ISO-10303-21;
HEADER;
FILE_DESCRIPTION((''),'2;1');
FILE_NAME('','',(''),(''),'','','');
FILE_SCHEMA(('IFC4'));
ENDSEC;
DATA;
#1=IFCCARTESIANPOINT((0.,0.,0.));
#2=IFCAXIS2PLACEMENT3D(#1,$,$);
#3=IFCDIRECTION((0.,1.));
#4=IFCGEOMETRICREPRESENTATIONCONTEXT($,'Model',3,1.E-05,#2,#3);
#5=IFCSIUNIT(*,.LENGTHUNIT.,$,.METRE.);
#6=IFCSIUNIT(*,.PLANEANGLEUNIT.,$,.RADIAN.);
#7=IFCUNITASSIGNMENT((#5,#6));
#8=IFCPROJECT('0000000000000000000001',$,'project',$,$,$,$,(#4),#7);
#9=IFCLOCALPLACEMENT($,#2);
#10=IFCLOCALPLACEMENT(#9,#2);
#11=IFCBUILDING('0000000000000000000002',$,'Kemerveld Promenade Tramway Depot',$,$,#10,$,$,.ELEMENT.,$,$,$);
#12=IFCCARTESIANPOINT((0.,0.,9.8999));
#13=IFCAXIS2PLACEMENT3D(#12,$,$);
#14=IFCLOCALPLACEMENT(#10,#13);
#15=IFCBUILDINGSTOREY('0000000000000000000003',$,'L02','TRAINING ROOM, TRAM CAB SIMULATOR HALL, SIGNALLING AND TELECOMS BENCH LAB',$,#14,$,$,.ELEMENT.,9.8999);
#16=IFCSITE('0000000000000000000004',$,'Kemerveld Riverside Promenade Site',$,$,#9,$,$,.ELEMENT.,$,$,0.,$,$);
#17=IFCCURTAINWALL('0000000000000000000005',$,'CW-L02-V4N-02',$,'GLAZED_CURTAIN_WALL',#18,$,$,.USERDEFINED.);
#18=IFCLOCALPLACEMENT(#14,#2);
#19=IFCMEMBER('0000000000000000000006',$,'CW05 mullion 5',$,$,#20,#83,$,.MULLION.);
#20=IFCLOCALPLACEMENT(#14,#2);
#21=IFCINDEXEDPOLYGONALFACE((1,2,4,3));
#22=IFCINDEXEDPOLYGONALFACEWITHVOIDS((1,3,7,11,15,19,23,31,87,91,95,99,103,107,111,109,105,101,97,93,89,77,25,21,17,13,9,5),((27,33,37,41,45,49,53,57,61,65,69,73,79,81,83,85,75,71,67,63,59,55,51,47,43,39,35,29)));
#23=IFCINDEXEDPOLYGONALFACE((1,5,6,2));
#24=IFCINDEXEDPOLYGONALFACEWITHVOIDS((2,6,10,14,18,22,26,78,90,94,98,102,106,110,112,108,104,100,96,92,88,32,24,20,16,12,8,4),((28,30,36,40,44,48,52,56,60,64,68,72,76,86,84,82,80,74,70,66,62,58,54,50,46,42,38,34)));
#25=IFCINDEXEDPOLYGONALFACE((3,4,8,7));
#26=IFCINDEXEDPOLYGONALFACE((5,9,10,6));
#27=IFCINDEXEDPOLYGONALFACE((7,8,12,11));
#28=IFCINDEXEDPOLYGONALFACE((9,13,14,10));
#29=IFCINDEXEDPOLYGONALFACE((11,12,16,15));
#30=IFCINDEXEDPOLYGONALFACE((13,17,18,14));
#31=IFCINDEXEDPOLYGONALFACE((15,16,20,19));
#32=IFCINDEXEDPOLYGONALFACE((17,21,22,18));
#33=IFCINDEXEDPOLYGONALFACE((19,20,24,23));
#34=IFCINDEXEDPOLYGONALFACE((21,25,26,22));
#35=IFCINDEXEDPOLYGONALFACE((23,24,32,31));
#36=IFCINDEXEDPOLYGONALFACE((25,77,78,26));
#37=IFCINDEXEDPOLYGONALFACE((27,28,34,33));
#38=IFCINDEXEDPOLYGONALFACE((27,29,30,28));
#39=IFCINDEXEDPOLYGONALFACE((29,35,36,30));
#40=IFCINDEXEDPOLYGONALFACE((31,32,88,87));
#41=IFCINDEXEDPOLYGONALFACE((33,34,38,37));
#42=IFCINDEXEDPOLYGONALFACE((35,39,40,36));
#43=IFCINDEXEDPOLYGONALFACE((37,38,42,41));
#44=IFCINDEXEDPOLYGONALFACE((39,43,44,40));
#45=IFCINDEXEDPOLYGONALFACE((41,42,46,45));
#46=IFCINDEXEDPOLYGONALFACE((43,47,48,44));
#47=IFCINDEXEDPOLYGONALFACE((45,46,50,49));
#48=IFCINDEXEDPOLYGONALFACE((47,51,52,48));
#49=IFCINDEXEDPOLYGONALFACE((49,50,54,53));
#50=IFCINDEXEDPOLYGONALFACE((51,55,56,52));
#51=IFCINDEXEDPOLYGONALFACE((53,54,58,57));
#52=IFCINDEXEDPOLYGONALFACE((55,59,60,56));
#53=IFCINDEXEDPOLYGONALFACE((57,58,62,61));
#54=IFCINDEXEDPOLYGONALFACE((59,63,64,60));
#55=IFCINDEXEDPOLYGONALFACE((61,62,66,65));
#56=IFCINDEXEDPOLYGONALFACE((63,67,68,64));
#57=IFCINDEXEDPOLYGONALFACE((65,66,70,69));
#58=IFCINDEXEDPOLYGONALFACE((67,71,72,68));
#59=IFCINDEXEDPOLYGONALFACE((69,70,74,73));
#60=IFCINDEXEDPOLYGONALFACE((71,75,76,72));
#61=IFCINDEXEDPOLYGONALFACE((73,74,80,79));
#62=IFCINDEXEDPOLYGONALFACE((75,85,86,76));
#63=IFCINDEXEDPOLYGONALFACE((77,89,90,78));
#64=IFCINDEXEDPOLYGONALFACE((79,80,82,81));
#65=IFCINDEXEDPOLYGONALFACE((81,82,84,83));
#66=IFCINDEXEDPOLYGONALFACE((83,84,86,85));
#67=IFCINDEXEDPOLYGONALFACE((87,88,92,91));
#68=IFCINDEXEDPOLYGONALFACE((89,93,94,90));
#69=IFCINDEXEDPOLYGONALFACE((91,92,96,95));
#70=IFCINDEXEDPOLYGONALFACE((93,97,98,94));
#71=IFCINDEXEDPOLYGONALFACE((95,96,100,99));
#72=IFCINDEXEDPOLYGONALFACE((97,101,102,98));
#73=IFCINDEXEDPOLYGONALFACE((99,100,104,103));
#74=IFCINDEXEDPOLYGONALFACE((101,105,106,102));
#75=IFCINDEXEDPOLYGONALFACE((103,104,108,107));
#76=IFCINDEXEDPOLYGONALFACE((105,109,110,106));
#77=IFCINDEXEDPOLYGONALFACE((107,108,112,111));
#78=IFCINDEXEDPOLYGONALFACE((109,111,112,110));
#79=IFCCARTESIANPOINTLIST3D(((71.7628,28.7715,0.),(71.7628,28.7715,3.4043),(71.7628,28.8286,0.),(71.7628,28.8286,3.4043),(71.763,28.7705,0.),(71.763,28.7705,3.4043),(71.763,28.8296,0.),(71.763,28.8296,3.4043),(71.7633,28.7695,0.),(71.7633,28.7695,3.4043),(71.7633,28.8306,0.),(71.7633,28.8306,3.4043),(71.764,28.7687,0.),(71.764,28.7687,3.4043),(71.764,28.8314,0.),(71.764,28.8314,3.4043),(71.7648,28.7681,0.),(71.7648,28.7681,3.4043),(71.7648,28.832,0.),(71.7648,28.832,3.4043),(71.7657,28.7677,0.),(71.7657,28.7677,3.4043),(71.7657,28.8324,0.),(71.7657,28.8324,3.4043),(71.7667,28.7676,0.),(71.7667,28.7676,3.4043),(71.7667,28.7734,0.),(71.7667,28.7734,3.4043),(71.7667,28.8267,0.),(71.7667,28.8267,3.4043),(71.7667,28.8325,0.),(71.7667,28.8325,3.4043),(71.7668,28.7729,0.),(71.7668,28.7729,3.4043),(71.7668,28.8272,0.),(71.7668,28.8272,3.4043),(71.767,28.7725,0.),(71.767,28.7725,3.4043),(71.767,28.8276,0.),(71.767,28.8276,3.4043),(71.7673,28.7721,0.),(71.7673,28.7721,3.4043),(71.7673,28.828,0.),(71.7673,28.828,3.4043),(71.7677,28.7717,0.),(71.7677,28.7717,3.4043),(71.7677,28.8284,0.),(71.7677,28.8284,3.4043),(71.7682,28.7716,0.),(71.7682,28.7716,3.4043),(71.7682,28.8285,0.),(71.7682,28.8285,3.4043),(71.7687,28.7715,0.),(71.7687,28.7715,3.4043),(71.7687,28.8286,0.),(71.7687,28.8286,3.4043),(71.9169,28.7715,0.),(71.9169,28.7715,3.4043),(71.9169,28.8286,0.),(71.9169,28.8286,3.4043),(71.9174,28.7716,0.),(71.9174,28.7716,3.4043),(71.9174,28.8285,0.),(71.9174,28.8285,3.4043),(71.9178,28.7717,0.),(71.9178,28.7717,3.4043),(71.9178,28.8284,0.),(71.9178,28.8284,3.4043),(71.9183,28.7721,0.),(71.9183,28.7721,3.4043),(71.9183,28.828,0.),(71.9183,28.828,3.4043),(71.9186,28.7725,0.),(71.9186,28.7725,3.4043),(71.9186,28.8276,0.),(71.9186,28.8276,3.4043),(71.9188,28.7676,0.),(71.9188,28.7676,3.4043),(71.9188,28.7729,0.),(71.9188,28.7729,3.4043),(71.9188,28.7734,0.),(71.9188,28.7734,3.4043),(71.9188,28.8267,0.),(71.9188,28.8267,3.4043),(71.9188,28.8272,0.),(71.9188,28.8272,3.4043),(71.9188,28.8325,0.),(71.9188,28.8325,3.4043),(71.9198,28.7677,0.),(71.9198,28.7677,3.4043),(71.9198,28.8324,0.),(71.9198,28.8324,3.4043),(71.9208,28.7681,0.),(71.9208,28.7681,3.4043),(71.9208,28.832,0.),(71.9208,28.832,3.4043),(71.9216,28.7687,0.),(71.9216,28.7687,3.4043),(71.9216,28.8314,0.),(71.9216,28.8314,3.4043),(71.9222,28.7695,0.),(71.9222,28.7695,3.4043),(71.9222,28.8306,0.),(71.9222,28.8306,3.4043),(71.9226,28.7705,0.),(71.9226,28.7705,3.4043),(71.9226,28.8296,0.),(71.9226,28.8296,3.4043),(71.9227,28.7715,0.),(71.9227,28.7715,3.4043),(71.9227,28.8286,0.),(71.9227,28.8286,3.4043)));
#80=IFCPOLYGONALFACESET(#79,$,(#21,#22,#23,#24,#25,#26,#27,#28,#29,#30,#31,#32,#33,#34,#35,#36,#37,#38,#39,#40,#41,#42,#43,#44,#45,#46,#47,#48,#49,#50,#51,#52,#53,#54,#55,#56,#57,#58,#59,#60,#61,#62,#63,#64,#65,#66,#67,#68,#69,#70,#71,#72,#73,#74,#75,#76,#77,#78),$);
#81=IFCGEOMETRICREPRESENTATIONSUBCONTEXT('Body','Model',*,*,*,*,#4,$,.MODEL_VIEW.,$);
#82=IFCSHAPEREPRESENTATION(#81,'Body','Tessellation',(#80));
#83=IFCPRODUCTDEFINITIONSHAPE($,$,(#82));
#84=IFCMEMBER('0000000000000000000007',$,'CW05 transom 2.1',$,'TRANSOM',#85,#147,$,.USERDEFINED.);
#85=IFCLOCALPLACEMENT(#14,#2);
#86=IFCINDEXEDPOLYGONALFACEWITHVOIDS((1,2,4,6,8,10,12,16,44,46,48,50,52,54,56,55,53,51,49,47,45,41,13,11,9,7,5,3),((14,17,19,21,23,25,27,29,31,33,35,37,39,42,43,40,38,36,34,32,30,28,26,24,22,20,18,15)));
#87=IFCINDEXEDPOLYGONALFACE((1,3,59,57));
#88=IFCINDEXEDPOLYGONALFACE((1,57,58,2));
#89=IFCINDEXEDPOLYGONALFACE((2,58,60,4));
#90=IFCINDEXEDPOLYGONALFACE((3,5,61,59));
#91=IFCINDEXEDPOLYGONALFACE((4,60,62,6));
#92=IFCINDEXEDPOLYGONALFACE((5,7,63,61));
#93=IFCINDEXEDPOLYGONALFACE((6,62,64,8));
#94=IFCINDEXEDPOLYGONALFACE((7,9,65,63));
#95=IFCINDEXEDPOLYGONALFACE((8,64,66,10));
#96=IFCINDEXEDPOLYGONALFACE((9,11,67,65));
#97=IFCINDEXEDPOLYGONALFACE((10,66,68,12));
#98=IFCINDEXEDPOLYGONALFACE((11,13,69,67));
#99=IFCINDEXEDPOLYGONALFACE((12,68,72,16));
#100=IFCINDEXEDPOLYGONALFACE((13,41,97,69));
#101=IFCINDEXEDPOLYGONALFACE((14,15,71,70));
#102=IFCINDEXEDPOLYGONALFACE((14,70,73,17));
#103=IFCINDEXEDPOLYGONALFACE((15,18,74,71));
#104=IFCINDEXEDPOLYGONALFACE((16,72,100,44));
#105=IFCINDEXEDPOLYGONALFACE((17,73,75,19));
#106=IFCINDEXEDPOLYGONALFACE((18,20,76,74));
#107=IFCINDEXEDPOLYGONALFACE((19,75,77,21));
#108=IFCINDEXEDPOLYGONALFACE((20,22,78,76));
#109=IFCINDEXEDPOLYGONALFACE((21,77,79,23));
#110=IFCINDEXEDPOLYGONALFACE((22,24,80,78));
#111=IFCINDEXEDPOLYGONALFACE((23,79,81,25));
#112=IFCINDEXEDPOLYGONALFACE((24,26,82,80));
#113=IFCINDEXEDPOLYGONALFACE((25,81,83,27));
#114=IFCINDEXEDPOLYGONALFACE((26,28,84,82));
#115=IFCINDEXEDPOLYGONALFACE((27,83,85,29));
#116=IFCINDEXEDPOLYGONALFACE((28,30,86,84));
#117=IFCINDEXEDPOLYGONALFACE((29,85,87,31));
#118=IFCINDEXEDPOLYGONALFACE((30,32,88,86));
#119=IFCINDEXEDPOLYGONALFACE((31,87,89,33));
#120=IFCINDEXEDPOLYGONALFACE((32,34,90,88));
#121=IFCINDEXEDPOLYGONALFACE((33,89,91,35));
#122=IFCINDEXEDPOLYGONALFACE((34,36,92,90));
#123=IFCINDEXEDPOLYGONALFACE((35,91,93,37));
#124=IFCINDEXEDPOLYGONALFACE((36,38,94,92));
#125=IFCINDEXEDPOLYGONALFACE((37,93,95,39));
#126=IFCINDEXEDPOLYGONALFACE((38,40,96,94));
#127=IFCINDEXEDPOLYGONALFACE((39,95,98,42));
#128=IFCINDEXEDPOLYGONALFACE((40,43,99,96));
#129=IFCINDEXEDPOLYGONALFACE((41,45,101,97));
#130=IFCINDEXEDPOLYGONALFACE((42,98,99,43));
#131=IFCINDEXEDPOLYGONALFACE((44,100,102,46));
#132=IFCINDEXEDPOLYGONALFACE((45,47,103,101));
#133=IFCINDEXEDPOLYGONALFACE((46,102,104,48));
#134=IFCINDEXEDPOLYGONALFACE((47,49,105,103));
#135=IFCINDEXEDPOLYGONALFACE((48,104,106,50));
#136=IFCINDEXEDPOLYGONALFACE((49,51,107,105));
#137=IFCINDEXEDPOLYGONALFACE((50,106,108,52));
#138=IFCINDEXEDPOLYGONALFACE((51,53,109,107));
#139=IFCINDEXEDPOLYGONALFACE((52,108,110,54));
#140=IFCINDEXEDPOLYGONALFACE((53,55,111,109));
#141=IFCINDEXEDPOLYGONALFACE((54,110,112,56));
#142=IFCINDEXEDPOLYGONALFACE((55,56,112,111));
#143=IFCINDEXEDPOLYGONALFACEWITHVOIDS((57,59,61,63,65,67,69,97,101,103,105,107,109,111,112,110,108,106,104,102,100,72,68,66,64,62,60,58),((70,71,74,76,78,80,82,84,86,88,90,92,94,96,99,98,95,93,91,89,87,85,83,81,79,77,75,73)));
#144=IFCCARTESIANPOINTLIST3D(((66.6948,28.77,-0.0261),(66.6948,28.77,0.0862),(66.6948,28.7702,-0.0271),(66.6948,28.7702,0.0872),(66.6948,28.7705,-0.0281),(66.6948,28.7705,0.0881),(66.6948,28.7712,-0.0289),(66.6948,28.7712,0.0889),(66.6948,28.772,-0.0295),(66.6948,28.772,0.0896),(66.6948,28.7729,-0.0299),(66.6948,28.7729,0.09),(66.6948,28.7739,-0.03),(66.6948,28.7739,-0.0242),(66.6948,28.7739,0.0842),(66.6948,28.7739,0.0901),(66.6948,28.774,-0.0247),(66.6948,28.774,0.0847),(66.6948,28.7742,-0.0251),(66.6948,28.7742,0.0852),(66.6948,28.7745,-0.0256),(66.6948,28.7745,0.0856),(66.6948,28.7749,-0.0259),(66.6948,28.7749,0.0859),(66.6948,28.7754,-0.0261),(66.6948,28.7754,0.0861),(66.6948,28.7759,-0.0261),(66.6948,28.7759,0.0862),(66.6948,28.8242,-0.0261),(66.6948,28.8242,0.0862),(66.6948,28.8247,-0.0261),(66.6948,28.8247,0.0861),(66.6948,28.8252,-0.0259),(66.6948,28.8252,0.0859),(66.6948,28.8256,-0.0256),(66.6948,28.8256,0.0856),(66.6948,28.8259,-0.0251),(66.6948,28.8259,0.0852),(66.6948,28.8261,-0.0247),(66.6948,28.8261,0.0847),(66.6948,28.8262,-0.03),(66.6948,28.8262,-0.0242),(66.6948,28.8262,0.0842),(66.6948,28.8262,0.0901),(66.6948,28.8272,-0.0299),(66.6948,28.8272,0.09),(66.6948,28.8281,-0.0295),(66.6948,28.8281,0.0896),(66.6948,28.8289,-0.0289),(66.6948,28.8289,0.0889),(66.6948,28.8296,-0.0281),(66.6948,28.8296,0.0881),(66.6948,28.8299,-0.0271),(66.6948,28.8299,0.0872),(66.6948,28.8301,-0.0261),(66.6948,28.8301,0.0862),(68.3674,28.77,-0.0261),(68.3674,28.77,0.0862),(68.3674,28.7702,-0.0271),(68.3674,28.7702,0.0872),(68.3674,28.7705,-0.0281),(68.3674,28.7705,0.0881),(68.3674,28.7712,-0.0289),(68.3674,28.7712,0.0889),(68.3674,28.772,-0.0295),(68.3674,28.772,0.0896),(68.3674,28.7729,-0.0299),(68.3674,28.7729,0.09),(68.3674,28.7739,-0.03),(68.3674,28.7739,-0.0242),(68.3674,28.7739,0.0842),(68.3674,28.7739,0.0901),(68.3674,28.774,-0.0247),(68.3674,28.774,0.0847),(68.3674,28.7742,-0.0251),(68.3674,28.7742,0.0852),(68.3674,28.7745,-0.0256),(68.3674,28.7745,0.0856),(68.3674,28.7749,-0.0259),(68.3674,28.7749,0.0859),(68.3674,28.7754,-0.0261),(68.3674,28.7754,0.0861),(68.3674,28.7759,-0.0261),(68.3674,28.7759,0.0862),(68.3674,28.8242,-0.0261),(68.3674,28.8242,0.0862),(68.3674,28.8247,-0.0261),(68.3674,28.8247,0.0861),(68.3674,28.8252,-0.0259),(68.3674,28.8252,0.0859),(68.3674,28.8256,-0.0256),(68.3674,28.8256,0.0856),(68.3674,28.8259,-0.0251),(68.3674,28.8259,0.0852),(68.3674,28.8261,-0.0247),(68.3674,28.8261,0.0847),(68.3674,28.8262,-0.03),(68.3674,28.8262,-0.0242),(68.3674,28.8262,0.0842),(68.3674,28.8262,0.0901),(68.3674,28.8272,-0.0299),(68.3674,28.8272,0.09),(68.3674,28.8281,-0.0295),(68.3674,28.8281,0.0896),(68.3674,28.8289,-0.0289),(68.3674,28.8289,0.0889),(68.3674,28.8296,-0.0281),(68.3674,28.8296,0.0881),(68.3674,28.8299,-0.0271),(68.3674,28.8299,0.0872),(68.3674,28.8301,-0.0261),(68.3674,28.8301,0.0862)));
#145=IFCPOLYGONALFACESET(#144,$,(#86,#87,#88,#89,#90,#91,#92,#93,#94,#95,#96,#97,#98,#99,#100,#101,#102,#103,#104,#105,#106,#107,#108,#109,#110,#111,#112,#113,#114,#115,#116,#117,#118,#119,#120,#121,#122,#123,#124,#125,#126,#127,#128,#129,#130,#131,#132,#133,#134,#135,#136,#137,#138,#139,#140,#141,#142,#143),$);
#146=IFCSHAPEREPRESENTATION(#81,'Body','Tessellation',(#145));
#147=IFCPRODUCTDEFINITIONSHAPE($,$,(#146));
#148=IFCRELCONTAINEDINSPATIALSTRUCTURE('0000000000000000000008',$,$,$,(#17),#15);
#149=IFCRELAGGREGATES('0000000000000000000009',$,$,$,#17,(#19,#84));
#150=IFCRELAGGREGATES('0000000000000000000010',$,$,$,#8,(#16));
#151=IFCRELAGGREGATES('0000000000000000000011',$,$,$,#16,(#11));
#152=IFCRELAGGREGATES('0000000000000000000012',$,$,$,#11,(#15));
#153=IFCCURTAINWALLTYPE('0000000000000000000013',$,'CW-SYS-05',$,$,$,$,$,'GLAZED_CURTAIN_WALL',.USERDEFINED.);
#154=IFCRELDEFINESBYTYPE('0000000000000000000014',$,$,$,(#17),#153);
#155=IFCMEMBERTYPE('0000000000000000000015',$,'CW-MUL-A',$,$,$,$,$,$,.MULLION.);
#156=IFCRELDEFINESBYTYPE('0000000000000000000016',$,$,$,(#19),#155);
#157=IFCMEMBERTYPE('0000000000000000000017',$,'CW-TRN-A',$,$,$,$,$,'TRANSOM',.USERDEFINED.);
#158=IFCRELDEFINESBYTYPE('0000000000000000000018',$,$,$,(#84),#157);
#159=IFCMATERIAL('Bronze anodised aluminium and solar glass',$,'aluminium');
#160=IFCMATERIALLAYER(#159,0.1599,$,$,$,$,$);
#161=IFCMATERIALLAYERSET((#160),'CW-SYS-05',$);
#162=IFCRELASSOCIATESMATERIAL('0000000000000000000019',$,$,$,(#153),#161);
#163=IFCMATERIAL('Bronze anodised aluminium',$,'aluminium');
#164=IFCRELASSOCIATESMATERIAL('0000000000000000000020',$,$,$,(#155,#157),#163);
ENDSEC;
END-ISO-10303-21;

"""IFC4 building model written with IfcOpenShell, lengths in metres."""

from ifc_helpers import new_model, si_unit, direction, frame, origin, origin_2d, place, context, subcontext, project, spatial, hollow_rectangle, extrude, material, layer, layer_set, material_profile, profile_set, type_object, element, aggregate, save


model = new_model("IFC4")

# Units and contexts
model_context = context("Model", 3, precision=1e-05, world=origin(), true_north=direction((0.0, 1.0)))
body_context = subcontext(model_context, "Body", "Model", "MODEL_VIEW")
ifc_project = project(units=[si_unit("LENGTHUNIT", "METRE"), si_unit("PLANEANGLEUNIT", "RADIAN")], contexts=[model_context])

# Site, building, storey
site_placement = place(None, origin())
site = spatial("IfcSite", under=ifc_project, at=site_placement, Name="Kemerveld Riverside Promenade Site", CompositionType="ELEMENT", RefElevation=0.0)
building_placement = place(site_placement, origin())
building = spatial("IfcBuilding", under=site, at=building_placement, Name="Kemerveld Promenade Tramway Depot", CompositionType="ELEMENT")
storey_placement = place(building_placement, frame((0.0, 0.0, 9.8999)))
storey = spatial("IfcBuildingStorey", under=building, at=storey_placement, Name="L02", Description="TRAINING ROOM, TRAM CAB SIMULATOR HALL, SIGNALLING AND TELECOMS BENCH LAB", CompositionType="ELEMENT", Elevation=9.8999)

# Curtain wall, members
ifc_material_1 = material(Name="Bronze anodised aluminium and solar glass", Category="aluminium")
ifc_layer_1 = layer(ifc_material_1, 0.1599)
ifc_layer_set_1 = layer_set([ifc_layer_1], Name="CW-SYS-05")
curtain_wall_type = type_object("IfcCurtainWallType", Name="CW-SYS-05", ElementType="GLAZED_CURTAIN_WALL", PredefinedType="USERDEFINED", material=ifc_layer_set_1)
curtain_wall_placement = place(storey_placement, origin())
curtain_wall = element("IfcCurtainWall", 1, at=curtain_wall_placement, inside=storey, type_object=curtain_wall_type, Name="CW-L02-V4N-02", ObjectType="GLAZED_CURTAIN_WALL", PredefinedType="USERDEFINED")
ifc_material_2 = material(Name="Bronze anodised aluminium", Category="aluminium")
ifc_material_profile_1 = material_profile(ifc_material_2, hollow_rectangle(XDim=0.0649, YDim=0.1599, WallThickness=0.0039, InnerFilletRadius=0.002, OuterFilletRadius=0.0039, at=origin_2d()), Name="CW-MUL-160x65")
ifc_profile_set_1 = profile_set([ifc_material_profile_1], Name="Bronze anodised aluminium")
member_type_1 = type_object("IfcMemberType", Name="CW-MUL-A", PredefinedType="MULLION", material=ifc_profile_set_1)
member_1_placement = place(storey_placement, frame((71.8428, 28.8, 0.0), z_axis=(0.0, 0.0, 1.0), x_axis=(0.0, 1.0, 0.0)))
member_1 = element("IfcMember", 2, at=member_1_placement, type_object=member_type_1, Name="CW05 mullion 5", PredefinedType="MULLION", context=body_context, shape_type="SweptSolid", body=[
    extrude(hollow_rectangle(XDim=0.0649, YDim=0.1599, WallThickness=0.0039, InnerFilletRadius=0.002, OuterFilletRadius=0.0039, at=origin_2d()), origin(), (0.0, 0.0, 1.0), 3.4043),
])
ifc_material_profile_2 = material_profile(ifc_material_2, hollow_rectangle(XDim=0.0601, YDim=0.1201, WallThickness=0.0039, InnerFilletRadius=0.002, OuterFilletRadius=0.0039, at=origin_2d()), Name="CW-TRN-120x60")
ifc_profile_set_2 = profile_set([ifc_material_profile_2], Name="Bronze anodised aluminium")
member_type_2 = type_object("IfcMemberType", Name="CW-TRN-A", ElementType="TRANSOM", PredefinedType="USERDEFINED", material=ifc_profile_set_2)
member_2_placement = place(storey_placement, frame((66.6948, 28.8, 0.03), z_axis=(1.0, 0.0, 0.0), x_axis=(0.0, 1.0, 0.0)))
member_2 = element("IfcMember", 3, at=member_2_placement, type_object=member_type_2, Name="CW05 transom 2.1", ObjectType="TRANSOM", PredefinedType="USERDEFINED", context=body_context, shape_type="SweptSolid", body=[
    extrude(hollow_rectangle(XDim=0.0601, YDim=0.1201, WallThickness=0.0039, InnerFilletRadius=0.002, OuterFilletRadius=0.0039, at=origin_2d()), origin(), (0.0, 0.0, 1.0), 1.6726),
])
aggregate(curtain_wall, [member_1, member_2])

save(model, "model.ifc")
